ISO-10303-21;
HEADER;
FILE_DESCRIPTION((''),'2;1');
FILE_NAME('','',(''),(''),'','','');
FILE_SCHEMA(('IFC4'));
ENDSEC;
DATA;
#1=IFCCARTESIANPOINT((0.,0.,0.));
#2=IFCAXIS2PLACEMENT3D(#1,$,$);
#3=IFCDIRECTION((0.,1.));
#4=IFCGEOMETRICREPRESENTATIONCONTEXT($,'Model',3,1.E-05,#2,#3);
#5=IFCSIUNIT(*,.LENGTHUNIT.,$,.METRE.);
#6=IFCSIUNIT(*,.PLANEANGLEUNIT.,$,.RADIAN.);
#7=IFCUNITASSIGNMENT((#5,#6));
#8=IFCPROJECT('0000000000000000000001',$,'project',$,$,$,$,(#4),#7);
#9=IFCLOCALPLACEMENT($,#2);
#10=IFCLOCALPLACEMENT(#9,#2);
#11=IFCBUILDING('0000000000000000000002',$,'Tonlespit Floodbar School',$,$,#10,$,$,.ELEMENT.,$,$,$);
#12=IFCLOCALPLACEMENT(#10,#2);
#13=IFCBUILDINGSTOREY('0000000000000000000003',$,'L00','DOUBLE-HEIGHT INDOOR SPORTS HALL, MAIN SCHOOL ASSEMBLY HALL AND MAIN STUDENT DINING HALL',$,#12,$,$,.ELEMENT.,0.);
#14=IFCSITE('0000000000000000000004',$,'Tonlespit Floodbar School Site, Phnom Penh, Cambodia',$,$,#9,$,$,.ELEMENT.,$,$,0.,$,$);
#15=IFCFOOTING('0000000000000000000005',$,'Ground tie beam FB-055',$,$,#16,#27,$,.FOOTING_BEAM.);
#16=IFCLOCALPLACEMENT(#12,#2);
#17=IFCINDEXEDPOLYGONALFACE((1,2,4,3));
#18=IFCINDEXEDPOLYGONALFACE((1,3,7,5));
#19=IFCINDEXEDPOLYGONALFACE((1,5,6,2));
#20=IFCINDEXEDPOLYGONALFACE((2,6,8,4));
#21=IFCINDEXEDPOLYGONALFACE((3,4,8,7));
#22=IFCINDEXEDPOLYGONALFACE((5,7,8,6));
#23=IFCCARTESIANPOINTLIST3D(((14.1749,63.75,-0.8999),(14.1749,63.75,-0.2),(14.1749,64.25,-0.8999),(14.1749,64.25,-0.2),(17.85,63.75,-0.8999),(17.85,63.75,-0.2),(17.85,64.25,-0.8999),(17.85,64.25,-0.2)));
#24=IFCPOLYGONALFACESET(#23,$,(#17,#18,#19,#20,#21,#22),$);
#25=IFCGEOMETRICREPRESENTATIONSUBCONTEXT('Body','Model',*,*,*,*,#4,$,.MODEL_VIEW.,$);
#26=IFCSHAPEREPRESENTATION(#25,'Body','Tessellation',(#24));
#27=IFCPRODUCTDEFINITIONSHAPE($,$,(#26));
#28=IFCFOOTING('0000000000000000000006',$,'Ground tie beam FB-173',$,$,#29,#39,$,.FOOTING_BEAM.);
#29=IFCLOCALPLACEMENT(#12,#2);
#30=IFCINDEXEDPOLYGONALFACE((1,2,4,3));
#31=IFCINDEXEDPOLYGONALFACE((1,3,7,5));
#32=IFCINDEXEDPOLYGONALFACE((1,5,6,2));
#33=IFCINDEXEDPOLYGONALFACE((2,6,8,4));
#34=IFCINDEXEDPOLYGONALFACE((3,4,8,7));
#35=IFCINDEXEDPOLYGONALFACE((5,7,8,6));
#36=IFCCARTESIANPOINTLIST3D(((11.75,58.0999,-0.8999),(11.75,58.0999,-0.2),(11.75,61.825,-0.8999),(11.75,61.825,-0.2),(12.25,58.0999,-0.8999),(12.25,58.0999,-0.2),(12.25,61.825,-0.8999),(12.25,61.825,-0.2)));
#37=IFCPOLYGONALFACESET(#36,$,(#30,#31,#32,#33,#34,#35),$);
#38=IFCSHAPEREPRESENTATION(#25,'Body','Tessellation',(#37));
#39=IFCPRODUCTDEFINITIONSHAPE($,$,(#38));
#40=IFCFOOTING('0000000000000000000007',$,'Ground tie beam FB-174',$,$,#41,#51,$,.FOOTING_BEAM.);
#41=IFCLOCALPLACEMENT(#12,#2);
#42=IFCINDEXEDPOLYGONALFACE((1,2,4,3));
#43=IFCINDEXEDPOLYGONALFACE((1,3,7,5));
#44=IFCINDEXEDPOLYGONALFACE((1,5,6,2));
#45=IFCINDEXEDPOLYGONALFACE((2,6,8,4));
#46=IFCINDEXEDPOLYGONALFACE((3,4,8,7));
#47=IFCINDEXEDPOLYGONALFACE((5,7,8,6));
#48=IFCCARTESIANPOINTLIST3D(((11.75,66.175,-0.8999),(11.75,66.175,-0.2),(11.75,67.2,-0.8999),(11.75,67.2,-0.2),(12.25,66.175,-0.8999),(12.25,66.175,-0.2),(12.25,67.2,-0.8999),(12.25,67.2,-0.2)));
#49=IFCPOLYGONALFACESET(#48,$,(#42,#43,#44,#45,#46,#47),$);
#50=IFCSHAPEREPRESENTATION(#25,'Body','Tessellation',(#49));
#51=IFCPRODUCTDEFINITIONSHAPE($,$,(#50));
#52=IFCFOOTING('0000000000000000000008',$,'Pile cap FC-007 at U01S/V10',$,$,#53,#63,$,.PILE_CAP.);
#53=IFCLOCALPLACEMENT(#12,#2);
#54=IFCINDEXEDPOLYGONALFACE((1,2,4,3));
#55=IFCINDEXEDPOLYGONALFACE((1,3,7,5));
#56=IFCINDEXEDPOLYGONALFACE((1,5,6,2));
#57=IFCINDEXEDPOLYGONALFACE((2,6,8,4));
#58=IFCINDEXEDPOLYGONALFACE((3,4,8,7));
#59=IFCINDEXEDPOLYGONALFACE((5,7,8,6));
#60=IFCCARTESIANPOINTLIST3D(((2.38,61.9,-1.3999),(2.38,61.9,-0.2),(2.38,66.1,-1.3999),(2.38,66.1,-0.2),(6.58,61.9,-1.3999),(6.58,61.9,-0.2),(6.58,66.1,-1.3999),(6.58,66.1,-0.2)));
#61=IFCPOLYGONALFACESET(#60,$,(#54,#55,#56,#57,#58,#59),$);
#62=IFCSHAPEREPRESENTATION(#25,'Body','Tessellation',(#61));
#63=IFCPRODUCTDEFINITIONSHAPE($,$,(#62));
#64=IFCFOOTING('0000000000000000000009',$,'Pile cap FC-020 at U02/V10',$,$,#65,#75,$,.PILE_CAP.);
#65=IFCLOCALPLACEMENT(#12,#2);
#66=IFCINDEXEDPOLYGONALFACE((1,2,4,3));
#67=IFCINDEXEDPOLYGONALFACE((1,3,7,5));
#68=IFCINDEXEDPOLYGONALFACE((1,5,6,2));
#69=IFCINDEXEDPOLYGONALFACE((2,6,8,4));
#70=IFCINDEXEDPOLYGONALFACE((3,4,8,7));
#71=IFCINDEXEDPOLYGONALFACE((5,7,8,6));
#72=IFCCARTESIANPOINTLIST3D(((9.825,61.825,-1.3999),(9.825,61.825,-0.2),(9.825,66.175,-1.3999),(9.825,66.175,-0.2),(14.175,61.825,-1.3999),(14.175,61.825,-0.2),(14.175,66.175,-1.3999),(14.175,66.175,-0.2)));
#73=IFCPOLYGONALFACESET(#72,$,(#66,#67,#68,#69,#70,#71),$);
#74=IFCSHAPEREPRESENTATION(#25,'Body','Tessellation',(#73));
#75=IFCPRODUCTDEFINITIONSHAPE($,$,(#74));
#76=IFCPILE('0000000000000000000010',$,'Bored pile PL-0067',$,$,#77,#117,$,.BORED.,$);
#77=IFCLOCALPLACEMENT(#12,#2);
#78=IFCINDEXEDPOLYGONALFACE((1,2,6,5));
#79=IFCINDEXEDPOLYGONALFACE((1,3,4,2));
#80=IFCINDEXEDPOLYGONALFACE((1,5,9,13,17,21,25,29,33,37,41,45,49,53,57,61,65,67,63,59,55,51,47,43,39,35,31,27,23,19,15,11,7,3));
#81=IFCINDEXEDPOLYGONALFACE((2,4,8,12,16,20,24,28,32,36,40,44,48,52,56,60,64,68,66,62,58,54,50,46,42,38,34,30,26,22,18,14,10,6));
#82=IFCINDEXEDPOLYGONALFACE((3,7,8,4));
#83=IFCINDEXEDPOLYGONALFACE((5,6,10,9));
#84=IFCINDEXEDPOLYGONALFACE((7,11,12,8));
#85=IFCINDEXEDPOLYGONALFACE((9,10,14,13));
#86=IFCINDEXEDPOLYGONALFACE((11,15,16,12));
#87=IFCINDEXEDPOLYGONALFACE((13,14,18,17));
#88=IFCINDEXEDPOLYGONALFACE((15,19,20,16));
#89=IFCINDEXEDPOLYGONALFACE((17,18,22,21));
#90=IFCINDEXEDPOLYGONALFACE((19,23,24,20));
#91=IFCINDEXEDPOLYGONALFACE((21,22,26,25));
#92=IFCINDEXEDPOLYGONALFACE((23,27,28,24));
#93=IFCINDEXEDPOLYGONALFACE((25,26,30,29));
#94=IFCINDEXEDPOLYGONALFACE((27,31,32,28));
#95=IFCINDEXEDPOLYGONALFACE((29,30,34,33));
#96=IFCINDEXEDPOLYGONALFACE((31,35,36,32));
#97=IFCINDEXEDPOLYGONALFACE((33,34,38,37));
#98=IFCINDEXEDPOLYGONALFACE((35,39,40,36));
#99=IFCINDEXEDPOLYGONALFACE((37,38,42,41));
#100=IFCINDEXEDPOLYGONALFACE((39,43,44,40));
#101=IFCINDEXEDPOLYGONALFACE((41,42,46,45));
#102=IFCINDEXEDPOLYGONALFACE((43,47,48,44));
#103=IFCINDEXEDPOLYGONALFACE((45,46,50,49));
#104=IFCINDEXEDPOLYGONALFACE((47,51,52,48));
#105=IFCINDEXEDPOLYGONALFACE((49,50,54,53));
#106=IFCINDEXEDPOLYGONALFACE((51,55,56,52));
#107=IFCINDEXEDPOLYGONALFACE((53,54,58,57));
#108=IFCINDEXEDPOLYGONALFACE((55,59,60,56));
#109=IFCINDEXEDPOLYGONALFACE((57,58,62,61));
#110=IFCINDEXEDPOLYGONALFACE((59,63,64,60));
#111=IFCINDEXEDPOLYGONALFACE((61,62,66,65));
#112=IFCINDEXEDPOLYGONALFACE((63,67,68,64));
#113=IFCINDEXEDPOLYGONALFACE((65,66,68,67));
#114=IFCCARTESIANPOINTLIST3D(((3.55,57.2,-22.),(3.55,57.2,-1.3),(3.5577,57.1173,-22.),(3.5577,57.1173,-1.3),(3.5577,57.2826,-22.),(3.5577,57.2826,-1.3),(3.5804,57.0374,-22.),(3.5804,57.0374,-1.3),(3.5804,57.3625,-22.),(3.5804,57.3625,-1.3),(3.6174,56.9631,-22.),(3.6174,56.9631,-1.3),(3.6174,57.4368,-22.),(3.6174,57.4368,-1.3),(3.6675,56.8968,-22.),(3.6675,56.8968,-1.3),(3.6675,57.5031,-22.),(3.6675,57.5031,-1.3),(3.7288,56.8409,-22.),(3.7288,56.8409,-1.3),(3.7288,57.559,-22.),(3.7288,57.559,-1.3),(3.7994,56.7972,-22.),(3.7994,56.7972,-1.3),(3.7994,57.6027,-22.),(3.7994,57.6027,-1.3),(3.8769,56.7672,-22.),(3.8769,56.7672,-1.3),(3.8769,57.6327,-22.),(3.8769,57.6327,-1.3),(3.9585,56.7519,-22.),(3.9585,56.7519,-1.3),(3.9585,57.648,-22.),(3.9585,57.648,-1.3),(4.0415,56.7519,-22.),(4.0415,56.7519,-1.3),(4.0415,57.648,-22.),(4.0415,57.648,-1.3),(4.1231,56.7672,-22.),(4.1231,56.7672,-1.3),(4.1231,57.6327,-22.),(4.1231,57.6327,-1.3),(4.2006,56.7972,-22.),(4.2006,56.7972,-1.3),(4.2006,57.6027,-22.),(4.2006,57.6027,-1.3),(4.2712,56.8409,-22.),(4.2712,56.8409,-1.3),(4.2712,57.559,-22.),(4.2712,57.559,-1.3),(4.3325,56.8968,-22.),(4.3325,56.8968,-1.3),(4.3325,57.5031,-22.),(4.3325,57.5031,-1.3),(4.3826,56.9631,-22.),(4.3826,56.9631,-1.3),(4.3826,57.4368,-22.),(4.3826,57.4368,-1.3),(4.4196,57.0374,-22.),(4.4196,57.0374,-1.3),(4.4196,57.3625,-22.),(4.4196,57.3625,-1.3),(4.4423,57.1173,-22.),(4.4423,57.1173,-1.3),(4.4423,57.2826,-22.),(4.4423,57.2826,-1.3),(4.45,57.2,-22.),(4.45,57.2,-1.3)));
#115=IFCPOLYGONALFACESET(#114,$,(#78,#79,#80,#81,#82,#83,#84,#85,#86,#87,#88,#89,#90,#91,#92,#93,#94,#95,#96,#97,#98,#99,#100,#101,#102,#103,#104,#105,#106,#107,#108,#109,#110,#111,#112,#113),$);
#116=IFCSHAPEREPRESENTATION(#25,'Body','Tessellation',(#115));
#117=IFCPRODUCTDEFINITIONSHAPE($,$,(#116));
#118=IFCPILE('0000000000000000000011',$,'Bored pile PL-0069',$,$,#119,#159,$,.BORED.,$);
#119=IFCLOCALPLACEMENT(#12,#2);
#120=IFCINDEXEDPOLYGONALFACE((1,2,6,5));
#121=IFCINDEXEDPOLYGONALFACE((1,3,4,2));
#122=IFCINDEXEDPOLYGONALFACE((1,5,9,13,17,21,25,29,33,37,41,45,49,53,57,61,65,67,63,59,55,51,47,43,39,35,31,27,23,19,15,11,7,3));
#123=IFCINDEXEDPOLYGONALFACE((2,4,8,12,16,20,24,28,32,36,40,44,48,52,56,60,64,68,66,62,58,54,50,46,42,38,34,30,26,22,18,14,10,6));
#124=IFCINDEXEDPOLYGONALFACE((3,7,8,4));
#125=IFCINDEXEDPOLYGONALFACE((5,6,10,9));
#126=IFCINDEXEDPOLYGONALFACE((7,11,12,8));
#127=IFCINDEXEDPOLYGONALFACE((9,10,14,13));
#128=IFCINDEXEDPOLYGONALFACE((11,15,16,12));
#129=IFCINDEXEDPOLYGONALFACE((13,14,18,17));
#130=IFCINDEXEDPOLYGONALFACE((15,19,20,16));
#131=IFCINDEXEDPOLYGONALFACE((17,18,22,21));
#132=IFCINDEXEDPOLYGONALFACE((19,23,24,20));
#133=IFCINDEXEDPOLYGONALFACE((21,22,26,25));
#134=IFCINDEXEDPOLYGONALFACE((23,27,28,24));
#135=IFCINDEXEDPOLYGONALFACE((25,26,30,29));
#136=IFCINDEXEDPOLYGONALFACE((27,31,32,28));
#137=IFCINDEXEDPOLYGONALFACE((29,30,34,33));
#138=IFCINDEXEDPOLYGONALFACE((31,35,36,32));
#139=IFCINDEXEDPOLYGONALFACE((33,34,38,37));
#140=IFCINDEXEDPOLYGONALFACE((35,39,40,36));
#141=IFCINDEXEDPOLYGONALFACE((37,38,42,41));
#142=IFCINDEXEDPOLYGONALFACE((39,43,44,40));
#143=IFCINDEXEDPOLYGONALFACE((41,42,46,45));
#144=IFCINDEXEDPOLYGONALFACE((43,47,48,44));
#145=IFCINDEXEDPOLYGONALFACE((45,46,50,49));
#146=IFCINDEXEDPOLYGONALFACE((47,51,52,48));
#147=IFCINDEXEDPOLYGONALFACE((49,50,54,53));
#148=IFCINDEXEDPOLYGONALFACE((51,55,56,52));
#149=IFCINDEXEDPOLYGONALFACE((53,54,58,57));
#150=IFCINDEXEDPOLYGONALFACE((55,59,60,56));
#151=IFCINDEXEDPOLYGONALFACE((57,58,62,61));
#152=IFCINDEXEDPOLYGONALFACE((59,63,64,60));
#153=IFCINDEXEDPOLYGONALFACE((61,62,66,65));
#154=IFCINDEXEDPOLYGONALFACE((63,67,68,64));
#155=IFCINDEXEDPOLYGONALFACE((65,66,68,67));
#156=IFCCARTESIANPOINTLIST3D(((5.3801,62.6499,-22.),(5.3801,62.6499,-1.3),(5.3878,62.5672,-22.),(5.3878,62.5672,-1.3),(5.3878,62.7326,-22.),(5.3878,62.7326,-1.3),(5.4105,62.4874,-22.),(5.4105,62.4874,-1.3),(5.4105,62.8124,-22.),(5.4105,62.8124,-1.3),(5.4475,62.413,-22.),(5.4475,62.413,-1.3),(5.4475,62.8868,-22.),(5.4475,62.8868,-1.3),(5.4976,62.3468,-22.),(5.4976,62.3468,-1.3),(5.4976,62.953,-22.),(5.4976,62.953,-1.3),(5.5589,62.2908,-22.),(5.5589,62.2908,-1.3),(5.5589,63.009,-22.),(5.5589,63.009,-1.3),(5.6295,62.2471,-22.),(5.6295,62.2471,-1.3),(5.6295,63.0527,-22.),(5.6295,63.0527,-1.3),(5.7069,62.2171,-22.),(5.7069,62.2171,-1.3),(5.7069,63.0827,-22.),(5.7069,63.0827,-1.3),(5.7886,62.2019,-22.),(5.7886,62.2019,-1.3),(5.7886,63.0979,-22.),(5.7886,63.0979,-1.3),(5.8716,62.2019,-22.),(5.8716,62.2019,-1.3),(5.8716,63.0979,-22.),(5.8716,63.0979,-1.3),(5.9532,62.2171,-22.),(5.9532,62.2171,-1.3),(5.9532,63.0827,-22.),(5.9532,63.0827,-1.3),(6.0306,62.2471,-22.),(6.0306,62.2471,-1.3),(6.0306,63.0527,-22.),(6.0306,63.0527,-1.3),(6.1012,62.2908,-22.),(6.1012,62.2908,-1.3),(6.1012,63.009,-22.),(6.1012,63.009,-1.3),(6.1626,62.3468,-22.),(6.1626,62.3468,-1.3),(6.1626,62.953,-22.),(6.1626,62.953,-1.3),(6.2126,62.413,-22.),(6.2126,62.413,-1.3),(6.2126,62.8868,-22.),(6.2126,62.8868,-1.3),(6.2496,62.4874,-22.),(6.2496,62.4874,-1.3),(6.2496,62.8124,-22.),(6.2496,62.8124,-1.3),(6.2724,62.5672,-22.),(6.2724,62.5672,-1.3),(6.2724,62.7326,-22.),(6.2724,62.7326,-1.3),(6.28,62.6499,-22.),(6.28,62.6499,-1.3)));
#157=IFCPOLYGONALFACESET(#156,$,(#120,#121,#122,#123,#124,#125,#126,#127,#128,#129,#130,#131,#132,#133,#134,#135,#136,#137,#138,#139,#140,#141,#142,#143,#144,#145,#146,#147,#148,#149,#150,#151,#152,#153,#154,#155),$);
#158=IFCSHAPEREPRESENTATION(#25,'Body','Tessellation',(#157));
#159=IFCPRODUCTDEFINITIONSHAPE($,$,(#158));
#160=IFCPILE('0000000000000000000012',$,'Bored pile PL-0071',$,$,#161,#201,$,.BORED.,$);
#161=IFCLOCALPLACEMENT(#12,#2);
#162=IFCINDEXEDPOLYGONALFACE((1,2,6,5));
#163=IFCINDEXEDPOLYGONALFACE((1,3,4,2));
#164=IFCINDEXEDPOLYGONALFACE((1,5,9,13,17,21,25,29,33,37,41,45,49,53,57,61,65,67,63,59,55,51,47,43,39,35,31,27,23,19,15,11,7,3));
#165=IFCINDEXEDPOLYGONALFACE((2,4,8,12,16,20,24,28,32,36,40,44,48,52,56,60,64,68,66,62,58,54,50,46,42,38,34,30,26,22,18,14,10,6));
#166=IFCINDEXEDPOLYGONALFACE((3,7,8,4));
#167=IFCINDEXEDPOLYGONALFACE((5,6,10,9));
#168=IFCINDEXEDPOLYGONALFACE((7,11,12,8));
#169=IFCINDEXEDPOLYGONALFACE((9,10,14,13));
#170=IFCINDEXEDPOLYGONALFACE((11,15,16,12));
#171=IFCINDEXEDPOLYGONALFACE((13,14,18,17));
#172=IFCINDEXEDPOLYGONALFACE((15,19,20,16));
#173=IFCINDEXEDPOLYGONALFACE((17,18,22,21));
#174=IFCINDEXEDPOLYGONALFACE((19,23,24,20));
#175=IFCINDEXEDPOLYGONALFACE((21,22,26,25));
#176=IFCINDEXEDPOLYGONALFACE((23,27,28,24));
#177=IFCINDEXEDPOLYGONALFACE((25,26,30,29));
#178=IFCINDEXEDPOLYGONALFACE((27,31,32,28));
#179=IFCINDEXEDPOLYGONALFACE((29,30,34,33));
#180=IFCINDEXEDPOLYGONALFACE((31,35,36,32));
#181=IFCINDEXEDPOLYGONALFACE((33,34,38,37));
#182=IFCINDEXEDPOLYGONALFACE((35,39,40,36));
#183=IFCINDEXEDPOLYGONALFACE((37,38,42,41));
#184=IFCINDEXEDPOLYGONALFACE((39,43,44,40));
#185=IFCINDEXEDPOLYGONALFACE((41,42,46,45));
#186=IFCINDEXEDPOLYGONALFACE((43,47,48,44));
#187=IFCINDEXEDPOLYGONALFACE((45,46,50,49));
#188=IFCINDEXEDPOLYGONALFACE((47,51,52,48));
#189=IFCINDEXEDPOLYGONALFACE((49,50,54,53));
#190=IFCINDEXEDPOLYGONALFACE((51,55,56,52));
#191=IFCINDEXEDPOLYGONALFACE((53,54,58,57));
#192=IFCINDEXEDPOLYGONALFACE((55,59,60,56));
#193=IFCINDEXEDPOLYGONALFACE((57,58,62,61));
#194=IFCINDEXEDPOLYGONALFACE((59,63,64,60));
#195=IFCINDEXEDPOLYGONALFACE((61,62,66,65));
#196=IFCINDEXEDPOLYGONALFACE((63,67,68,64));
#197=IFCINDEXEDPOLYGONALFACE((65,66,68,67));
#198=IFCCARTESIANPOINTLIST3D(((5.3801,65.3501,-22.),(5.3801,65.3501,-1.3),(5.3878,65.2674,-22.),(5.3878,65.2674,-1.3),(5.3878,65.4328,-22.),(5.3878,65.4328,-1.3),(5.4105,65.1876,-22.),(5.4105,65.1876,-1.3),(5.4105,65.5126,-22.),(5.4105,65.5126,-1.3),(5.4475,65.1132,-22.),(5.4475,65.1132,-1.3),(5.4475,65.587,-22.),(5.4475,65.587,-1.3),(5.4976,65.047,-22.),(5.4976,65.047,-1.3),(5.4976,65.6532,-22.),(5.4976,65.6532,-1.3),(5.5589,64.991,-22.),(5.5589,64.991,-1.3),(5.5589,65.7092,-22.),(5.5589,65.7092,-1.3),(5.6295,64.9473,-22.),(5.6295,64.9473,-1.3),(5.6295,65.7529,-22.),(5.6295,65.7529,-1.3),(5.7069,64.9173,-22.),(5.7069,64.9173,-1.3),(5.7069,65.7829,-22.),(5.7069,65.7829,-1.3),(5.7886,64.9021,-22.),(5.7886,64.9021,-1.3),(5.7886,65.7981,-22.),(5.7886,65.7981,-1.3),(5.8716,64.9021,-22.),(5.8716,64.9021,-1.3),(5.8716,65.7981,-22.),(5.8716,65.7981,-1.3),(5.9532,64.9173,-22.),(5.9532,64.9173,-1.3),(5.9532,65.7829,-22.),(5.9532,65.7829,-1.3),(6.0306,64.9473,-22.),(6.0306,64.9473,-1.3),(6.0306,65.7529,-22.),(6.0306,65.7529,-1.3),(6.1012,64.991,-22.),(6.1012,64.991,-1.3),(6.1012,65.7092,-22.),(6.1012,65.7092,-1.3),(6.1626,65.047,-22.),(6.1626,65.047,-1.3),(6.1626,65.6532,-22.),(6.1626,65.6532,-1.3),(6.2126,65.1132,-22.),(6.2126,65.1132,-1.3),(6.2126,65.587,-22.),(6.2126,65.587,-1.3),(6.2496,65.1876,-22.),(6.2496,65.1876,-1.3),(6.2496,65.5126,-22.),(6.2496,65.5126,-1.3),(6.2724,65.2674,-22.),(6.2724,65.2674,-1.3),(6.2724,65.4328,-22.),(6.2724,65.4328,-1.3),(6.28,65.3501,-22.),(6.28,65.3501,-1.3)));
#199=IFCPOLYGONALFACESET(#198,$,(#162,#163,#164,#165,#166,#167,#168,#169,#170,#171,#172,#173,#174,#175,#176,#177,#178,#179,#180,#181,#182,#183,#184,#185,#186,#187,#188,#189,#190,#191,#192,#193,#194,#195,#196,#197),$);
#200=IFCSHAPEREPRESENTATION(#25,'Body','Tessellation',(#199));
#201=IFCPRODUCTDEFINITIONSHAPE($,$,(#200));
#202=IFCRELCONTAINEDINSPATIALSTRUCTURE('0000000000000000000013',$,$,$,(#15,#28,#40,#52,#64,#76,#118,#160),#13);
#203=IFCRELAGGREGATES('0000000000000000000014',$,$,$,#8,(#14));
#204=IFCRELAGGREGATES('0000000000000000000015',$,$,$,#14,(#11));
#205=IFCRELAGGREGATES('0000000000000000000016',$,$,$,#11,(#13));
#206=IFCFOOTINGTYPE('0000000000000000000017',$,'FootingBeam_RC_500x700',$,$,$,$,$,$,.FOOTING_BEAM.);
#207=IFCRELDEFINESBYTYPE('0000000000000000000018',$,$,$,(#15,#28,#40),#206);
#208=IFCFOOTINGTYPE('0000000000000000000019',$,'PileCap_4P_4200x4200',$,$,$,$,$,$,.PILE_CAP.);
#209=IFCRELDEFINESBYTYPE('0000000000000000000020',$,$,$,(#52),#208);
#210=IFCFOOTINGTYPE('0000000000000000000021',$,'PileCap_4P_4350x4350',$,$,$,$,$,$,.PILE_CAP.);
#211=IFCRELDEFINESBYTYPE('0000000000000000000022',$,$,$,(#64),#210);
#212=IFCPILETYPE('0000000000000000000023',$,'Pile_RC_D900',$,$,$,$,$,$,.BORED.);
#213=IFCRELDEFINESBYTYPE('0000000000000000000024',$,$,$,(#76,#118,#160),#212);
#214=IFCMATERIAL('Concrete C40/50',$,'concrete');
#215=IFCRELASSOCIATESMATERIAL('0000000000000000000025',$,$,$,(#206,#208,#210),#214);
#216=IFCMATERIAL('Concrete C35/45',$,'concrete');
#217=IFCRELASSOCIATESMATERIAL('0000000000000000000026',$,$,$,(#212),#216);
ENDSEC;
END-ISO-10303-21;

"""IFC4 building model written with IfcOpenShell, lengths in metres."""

from ifc_helpers import new_model, si_unit, direction, frame, origin, origin_2d, place, context, subcontext, project, spatial, rectangle, circle, extrude, material, material_profile, profile_set, type_object, element, save


model = new_model("IFC4")

# Units and contexts
model_context = context("Model", 3, precision=1e-05, world=origin(), true_north=direction((0.0, 1.0)))
body_context = subcontext(model_context, "Body", "Model", "MODEL_VIEW")
ifc_project = project(units=[si_unit("LENGTHUNIT", "METRE"), si_unit("PLANEANGLEUNIT", "RADIAN")], contexts=[model_context])

# Site, building, storey
site_placement = place(None, origin())
site = spatial("IfcSite", under=ifc_project, at=site_placement, Name="Tonlespit Floodbar School Site, Phnom Penh, Cambodia", CompositionType="ELEMENT", RefElevation=0.0)
building_placement = place(site_placement, origin())
building = spatial("IfcBuilding", under=site, at=building_placement, Name="Tonlespit Floodbar School", CompositionType="ELEMENT")
storey_placement = place(building_placement, origin())
storey = spatial("IfcBuildingStorey", under=building, at=storey_placement, Name="L00", Description="DOUBLE-HEIGHT INDOOR SPORTS HALL, MAIN SCHOOL ASSEMBLY HALL AND MAIN STUDENT DINING HALL", CompositionType="ELEMENT", Elevation=0.0)

# Footings
ifc_material_1 = material(Name="Concrete C40/50", Category="concrete")
footing_type_1 = type_object("IfcFootingType", Name="FootingBeam_RC_500x700", PredefinedType="FOOTING_BEAM", material=ifc_material_1)
footing_1_placement = place(storey_placement, frame((16.0125, 64.0, -0.8999), z_axis=(0.0, 0.0, 1.0), x_axis=(1.0, 0.0, 0.0)))
element("IfcFooting", 1, at=footing_1_placement, inside=storey, type_object=footing_type_1, Name="Ground tie beam FB-055", PredefinedType="FOOTING_BEAM", context=body_context, shape_type="SweptSolid", body=[
    extrude(rectangle(XDim=3.675, YDim=0.5, at=origin_2d()), origin(), (0.0, 0.0, 1.0), 0.7),
])
footing_2_placement = place(storey_placement, frame((12.0, 59.9624, -0.8999), z_axis=(0.0, 0.0, 1.0), x_axis=(0.0, 1.0, 0.0)))
element("IfcFooting", 2, at=footing_2_placement, inside=storey, type_object=footing_type_1, Name="Ground tie beam FB-173", PredefinedType="FOOTING_BEAM", context=body_context, shape_type="SweptSolid", body=[
    extrude(rectangle(XDim=3.7251, YDim=0.5, at=origin_2d()), origin(), (0.0, 0.0, 1.0), 0.7),
])
footing_3_placement = place(storey_placement, frame((12.0, 66.6875, -0.8999), z_axis=(0.0, 0.0, 1.0), x_axis=(0.0, 1.0, 0.0)))
element("IfcFooting", 3, at=footing_3_placement, inside=storey, type_object=footing_type_1, Name="Ground tie beam FB-174", PredefinedType="FOOTING_BEAM", context=body_context, shape_type="SweptSolid", body=[
    extrude(rectangle(XDim=1.0249, YDim=0.5, at=origin_2d()), origin(), (0.0, 0.0, 1.0), 0.7),
])
footing_type_2 = type_object("IfcFootingType", Name="PileCap_4P_4200x4200", PredefinedType="PILE_CAP", material=ifc_material_1)
footing_4_placement = place(storey_placement, frame((4.48, 64.0, -1.3999), z_axis=(0.0, 0.0, 1.0), x_axis=(1.0, 0.0, 0.0)))
element("IfcFooting", 4, at=footing_4_placement, inside=storey, type_object=footing_type_2, Name="Pile cap FC-007 at U01S/V10", PredefinedType="PILE_CAP", context=body_context, shape_type="SweptSolid", body=[
    extrude(rectangle(XDim=4.2, YDim=4.2, at=origin_2d()), origin(), (0.0, 0.0, 1.0), 1.2),
])
footing_type_3 = type_object("IfcFootingType", Name="PileCap_4P_4350x4350", PredefinedType="PILE_CAP", material=ifc_material_1)
footing_5_placement = place(storey_placement, frame((12.0, 64.0, -1.3999), z_axis=(0.0, 0.0, 1.0), x_axis=(1.0, 0.0, 0.0)))
element("IfcFooting", 5, at=footing_5_placement, inside=storey, type_object=footing_type_3, Name="Pile cap FC-020 at U02/V10", PredefinedType="PILE_CAP", context=body_context, shape_type="SweptSolid", body=[
    extrude(rectangle(XDim=4.3501, YDim=4.3501, at=origin_2d()), origin(), (0.0, 0.0, 1.0), 1.2),
])

# Piles
ifc_material_2 = material(Name="Concrete C35/45", Category="concrete")
ifc_material_profile_1 = material_profile(ifc_material_2, circle(Radius=0.45, at=origin_2d()), Name="BP D900")
ifc_profile_set_1 = profile_set([ifc_material_profile_1], Name="Concrete C35/45")
pile_type = type_object("IfcPileType", Name="Pile_RC_D900", PredefinedType="BORED", material=ifc_profile_set_1)
for number, where, z_axis, x_axis, name in (
    (6, (4.0, 57.2, -1.3), (0.0, 0.0, -1.0), (1.0, 0.0, 0.0), "Bored pile PL-0067"),
    (7, (5.8301, 62.6499, -1.3), (0.0, 0.0, -1.0), (1.0, 0.0, 0.0), "Bored pile PL-0069"),
    (8, (5.8301, 65.3501, -1.3), (0.0, 0.0, -1.0), (1.0, 0.0, 0.0), "Bored pile PL-0071"),
):
    element("IfcPile", number, at=place(storey_placement, frame(where, z_axis=z_axis, x_axis=x_axis)), inside=storey, type_object=pile_type, Name=name, PredefinedType="BORED", context=body_context, shape_type="SweptSolid", body=[
        extrude(circle(Radius=0.45, at=origin_2d()), origin(), (0.0, 0.0, 1.0), 20.7),
    ])

save(model, "model.ifc")
